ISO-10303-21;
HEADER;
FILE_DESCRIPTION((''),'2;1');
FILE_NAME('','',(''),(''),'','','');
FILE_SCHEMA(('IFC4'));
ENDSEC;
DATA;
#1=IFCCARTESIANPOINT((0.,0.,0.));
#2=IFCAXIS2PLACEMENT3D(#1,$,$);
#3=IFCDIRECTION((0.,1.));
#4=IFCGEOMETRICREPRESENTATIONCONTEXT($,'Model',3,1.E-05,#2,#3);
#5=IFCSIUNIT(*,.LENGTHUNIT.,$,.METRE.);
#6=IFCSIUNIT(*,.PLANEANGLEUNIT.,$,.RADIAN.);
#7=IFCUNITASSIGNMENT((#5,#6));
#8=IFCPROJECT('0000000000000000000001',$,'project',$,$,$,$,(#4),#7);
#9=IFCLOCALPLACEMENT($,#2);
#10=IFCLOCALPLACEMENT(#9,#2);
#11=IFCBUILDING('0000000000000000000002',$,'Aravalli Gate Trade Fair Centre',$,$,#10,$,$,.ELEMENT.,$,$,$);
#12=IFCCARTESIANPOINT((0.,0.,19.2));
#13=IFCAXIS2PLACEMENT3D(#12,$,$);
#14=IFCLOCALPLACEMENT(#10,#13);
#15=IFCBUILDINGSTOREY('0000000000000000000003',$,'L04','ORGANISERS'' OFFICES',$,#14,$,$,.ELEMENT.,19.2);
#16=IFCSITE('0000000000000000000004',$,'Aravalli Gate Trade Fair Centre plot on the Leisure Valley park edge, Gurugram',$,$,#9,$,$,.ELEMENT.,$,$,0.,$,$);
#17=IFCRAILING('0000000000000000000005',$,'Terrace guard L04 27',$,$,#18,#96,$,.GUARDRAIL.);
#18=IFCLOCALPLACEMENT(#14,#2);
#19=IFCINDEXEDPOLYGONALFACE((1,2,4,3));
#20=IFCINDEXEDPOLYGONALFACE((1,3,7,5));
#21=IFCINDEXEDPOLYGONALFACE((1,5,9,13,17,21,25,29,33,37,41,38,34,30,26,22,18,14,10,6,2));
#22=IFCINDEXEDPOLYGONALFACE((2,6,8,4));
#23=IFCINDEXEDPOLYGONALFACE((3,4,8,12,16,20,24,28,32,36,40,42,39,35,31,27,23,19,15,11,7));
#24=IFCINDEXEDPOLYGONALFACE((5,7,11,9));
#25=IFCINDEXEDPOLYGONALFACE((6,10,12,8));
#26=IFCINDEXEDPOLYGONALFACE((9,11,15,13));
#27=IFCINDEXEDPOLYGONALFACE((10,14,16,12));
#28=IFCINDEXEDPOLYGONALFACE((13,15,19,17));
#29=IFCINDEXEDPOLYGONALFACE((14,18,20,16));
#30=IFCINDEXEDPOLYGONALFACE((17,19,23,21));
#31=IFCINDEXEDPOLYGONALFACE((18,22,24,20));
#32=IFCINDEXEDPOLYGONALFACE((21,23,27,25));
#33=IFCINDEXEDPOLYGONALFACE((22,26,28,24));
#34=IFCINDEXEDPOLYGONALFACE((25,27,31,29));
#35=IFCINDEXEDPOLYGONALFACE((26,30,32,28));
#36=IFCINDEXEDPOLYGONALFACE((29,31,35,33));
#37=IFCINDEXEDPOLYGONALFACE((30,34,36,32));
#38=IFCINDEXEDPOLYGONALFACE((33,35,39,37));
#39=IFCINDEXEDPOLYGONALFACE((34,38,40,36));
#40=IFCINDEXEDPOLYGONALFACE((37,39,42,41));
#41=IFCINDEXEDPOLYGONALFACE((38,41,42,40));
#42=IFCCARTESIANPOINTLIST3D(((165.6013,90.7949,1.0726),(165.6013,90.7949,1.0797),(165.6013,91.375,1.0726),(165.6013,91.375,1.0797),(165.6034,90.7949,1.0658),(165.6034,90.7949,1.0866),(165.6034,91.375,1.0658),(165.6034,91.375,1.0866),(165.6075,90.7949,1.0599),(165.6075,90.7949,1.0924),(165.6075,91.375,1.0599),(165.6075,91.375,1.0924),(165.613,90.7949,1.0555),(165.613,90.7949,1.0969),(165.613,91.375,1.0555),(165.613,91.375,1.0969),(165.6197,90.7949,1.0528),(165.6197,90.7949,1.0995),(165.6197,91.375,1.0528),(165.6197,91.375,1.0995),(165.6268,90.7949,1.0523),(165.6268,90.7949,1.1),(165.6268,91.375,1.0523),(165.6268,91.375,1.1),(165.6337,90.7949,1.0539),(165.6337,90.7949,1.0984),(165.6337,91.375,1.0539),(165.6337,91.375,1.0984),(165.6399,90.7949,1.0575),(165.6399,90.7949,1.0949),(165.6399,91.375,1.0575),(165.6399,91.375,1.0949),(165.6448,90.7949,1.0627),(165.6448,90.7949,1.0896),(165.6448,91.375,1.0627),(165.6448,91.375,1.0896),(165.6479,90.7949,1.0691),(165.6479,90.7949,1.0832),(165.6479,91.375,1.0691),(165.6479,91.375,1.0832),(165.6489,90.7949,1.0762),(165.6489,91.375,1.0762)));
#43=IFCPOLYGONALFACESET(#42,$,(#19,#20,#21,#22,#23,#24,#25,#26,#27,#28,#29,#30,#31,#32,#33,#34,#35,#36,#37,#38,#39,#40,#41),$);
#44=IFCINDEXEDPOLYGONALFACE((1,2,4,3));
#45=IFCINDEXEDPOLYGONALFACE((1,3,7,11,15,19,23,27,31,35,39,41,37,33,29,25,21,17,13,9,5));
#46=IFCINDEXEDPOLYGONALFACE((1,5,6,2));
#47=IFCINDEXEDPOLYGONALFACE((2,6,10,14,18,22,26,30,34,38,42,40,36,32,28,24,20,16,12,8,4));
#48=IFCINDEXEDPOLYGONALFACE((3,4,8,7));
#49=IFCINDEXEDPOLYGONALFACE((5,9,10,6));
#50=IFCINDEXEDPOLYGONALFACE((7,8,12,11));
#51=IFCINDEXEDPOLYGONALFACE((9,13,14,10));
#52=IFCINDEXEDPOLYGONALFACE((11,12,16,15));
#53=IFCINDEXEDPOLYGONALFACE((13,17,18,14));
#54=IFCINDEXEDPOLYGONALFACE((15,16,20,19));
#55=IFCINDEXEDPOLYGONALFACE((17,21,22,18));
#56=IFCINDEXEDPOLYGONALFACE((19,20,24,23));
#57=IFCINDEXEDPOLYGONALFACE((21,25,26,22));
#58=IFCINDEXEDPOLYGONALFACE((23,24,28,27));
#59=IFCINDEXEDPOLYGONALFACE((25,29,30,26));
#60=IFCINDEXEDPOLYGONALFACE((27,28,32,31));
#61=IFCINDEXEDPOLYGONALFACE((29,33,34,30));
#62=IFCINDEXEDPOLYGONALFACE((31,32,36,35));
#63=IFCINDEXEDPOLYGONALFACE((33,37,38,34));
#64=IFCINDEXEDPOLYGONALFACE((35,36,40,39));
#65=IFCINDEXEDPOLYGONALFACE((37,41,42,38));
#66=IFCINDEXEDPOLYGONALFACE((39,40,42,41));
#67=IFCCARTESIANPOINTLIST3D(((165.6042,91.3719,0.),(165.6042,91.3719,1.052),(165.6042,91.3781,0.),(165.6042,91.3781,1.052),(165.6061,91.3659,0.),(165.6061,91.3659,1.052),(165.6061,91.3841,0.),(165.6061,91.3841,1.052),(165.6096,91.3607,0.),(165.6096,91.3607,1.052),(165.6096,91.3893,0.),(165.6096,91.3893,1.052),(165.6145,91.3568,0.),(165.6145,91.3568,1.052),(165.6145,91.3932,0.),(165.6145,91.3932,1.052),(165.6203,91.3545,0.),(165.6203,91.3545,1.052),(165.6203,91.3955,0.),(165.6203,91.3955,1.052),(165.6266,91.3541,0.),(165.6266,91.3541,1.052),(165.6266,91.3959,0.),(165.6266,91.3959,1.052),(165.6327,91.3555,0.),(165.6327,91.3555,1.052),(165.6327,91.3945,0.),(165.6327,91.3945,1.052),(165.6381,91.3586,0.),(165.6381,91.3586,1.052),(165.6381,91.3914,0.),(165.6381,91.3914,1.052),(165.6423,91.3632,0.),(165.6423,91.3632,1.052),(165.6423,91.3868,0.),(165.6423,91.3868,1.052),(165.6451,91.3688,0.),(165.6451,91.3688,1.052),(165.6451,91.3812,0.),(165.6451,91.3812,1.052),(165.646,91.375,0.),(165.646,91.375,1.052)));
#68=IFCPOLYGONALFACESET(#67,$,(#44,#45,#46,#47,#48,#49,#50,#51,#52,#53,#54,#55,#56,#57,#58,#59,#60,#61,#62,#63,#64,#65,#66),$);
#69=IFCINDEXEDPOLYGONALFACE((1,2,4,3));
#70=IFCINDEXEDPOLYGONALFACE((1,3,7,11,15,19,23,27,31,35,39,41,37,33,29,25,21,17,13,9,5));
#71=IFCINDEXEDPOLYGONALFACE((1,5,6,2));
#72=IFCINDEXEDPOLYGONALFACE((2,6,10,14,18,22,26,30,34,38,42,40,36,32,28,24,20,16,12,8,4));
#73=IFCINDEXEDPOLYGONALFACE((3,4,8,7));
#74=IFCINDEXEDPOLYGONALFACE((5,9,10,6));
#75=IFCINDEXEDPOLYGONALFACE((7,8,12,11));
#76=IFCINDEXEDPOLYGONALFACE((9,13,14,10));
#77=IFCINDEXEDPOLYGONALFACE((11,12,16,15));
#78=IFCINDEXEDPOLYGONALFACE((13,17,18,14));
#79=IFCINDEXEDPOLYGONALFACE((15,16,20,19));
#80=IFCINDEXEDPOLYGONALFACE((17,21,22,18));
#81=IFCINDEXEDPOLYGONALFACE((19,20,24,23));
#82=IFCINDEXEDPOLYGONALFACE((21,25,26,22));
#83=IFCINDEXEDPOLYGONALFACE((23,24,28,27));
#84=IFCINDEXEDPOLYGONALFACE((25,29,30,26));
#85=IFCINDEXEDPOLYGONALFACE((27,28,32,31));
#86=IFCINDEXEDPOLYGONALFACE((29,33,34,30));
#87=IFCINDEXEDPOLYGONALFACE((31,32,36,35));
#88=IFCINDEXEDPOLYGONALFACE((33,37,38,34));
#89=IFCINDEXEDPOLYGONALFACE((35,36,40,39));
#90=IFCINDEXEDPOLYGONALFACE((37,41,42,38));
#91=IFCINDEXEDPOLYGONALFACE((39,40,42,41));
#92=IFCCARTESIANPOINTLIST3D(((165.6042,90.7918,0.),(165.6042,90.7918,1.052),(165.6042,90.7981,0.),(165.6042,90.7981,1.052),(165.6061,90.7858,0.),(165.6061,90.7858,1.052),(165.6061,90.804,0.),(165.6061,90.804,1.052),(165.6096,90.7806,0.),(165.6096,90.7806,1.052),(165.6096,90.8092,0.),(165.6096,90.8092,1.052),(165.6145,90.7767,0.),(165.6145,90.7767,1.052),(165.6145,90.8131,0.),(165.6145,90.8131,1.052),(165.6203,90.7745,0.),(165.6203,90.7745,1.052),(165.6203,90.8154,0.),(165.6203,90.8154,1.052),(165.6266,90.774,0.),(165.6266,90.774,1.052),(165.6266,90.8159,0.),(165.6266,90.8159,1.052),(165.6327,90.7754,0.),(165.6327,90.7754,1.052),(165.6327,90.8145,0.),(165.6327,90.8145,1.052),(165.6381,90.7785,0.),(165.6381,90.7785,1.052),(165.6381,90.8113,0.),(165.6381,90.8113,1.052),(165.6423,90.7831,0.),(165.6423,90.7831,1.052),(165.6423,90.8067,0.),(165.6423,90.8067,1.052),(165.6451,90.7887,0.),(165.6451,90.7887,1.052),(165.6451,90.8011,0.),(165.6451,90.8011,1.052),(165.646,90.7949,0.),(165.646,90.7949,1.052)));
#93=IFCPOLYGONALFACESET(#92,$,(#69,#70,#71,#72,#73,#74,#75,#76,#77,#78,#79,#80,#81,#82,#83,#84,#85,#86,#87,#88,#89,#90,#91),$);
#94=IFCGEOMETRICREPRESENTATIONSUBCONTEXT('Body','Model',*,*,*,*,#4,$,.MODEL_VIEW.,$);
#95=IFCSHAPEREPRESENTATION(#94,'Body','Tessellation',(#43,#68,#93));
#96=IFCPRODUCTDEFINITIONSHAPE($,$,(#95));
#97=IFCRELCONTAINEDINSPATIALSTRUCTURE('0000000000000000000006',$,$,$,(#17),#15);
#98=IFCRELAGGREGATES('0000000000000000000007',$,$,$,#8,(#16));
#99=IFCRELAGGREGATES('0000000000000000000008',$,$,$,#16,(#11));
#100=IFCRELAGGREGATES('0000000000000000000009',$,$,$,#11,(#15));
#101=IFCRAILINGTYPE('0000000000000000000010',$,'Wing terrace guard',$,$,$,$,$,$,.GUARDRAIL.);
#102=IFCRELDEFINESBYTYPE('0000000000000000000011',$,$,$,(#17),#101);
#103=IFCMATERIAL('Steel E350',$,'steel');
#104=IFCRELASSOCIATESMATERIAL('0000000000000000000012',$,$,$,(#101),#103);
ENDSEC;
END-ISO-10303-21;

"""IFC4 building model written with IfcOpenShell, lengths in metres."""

from ifc_helpers import new_model, si_unit, direction, frame, origin, origin_2d, place, context, subcontext, project, spatial, circle, extrude, material, type_object, element, save


model = new_model("IFC4")

# Units and contexts
model_context = context("Model", 3, precision=1e-05, world=origin(), true_north=direction((0.0, 1.0)))
body_context = subcontext(model_context, "Body", "Model", "MODEL_VIEW")
ifc_project = project(units=[si_unit("LENGTHUNIT", "METRE"), si_unit("PLANEANGLEUNIT", "RADIAN")], contexts=[model_context])

# Site, building, storey
site_placement = place(None, origin())
site = spatial("IfcSite", under=ifc_project, at=site_placement, Name="Aravalli Gate Trade Fair Centre plot on the Leisure Valley park edge, Gurugram", CompositionType="ELEMENT", RefElevation=0.0)
building_placement = place(site_placement, origin())
building = spatial("IfcBuilding", under=site, at=building_placement, Name="Aravalli Gate Trade Fair Centre", CompositionType="ELEMENT")
storey_placement = place(building_placement, frame((0.0, 0.0, 19.2)))
storey = spatial("IfcBuildingStorey", under=building, at=storey_placement, Name="L04", Description="ORGANISERS' OFFICES", CompositionType="ELEMENT", Elevation=19.2)

# Railing
ifc_material_1 = material(Name="Steel E350", Category="steel")
railing_type = type_object("IfcRailingType", Name="Wing terrace guard", PredefinedType="GUARDRAIL", material=ifc_material_1)
railing_1_placement = place(storey_placement, frame((165.625, 91.375, 0.0)))
element("IfcRailing", 1, at=railing_1_placement, inside=storey, type_object=railing_type, Name="Terrace guard L04 27", PredefinedType="GUARDRAIL", context=body_context, shape_type="SweptSolid", body=[
    extrude(circle(Radius=0.0239, at=origin_2d()), frame((0.0, 0.0, 1.0762), z_axis=(0.0, -1.0, 0.0), x_axis=(1.0, 0.0, 0.0)), (0.0, 0.0, 1.0), 0.5801),
    extrude(circle(Radius=0.021, at=origin_2d()), origin(), (0.0, 0.0, 1.0), 1.052),
    extrude(circle(Radius=0.021, at=origin_2d()), frame((0.0, -0.5801, 0.0)), (0.0, 0.0, 1.0), 1.052),
])

save(model, "model.ifc")
